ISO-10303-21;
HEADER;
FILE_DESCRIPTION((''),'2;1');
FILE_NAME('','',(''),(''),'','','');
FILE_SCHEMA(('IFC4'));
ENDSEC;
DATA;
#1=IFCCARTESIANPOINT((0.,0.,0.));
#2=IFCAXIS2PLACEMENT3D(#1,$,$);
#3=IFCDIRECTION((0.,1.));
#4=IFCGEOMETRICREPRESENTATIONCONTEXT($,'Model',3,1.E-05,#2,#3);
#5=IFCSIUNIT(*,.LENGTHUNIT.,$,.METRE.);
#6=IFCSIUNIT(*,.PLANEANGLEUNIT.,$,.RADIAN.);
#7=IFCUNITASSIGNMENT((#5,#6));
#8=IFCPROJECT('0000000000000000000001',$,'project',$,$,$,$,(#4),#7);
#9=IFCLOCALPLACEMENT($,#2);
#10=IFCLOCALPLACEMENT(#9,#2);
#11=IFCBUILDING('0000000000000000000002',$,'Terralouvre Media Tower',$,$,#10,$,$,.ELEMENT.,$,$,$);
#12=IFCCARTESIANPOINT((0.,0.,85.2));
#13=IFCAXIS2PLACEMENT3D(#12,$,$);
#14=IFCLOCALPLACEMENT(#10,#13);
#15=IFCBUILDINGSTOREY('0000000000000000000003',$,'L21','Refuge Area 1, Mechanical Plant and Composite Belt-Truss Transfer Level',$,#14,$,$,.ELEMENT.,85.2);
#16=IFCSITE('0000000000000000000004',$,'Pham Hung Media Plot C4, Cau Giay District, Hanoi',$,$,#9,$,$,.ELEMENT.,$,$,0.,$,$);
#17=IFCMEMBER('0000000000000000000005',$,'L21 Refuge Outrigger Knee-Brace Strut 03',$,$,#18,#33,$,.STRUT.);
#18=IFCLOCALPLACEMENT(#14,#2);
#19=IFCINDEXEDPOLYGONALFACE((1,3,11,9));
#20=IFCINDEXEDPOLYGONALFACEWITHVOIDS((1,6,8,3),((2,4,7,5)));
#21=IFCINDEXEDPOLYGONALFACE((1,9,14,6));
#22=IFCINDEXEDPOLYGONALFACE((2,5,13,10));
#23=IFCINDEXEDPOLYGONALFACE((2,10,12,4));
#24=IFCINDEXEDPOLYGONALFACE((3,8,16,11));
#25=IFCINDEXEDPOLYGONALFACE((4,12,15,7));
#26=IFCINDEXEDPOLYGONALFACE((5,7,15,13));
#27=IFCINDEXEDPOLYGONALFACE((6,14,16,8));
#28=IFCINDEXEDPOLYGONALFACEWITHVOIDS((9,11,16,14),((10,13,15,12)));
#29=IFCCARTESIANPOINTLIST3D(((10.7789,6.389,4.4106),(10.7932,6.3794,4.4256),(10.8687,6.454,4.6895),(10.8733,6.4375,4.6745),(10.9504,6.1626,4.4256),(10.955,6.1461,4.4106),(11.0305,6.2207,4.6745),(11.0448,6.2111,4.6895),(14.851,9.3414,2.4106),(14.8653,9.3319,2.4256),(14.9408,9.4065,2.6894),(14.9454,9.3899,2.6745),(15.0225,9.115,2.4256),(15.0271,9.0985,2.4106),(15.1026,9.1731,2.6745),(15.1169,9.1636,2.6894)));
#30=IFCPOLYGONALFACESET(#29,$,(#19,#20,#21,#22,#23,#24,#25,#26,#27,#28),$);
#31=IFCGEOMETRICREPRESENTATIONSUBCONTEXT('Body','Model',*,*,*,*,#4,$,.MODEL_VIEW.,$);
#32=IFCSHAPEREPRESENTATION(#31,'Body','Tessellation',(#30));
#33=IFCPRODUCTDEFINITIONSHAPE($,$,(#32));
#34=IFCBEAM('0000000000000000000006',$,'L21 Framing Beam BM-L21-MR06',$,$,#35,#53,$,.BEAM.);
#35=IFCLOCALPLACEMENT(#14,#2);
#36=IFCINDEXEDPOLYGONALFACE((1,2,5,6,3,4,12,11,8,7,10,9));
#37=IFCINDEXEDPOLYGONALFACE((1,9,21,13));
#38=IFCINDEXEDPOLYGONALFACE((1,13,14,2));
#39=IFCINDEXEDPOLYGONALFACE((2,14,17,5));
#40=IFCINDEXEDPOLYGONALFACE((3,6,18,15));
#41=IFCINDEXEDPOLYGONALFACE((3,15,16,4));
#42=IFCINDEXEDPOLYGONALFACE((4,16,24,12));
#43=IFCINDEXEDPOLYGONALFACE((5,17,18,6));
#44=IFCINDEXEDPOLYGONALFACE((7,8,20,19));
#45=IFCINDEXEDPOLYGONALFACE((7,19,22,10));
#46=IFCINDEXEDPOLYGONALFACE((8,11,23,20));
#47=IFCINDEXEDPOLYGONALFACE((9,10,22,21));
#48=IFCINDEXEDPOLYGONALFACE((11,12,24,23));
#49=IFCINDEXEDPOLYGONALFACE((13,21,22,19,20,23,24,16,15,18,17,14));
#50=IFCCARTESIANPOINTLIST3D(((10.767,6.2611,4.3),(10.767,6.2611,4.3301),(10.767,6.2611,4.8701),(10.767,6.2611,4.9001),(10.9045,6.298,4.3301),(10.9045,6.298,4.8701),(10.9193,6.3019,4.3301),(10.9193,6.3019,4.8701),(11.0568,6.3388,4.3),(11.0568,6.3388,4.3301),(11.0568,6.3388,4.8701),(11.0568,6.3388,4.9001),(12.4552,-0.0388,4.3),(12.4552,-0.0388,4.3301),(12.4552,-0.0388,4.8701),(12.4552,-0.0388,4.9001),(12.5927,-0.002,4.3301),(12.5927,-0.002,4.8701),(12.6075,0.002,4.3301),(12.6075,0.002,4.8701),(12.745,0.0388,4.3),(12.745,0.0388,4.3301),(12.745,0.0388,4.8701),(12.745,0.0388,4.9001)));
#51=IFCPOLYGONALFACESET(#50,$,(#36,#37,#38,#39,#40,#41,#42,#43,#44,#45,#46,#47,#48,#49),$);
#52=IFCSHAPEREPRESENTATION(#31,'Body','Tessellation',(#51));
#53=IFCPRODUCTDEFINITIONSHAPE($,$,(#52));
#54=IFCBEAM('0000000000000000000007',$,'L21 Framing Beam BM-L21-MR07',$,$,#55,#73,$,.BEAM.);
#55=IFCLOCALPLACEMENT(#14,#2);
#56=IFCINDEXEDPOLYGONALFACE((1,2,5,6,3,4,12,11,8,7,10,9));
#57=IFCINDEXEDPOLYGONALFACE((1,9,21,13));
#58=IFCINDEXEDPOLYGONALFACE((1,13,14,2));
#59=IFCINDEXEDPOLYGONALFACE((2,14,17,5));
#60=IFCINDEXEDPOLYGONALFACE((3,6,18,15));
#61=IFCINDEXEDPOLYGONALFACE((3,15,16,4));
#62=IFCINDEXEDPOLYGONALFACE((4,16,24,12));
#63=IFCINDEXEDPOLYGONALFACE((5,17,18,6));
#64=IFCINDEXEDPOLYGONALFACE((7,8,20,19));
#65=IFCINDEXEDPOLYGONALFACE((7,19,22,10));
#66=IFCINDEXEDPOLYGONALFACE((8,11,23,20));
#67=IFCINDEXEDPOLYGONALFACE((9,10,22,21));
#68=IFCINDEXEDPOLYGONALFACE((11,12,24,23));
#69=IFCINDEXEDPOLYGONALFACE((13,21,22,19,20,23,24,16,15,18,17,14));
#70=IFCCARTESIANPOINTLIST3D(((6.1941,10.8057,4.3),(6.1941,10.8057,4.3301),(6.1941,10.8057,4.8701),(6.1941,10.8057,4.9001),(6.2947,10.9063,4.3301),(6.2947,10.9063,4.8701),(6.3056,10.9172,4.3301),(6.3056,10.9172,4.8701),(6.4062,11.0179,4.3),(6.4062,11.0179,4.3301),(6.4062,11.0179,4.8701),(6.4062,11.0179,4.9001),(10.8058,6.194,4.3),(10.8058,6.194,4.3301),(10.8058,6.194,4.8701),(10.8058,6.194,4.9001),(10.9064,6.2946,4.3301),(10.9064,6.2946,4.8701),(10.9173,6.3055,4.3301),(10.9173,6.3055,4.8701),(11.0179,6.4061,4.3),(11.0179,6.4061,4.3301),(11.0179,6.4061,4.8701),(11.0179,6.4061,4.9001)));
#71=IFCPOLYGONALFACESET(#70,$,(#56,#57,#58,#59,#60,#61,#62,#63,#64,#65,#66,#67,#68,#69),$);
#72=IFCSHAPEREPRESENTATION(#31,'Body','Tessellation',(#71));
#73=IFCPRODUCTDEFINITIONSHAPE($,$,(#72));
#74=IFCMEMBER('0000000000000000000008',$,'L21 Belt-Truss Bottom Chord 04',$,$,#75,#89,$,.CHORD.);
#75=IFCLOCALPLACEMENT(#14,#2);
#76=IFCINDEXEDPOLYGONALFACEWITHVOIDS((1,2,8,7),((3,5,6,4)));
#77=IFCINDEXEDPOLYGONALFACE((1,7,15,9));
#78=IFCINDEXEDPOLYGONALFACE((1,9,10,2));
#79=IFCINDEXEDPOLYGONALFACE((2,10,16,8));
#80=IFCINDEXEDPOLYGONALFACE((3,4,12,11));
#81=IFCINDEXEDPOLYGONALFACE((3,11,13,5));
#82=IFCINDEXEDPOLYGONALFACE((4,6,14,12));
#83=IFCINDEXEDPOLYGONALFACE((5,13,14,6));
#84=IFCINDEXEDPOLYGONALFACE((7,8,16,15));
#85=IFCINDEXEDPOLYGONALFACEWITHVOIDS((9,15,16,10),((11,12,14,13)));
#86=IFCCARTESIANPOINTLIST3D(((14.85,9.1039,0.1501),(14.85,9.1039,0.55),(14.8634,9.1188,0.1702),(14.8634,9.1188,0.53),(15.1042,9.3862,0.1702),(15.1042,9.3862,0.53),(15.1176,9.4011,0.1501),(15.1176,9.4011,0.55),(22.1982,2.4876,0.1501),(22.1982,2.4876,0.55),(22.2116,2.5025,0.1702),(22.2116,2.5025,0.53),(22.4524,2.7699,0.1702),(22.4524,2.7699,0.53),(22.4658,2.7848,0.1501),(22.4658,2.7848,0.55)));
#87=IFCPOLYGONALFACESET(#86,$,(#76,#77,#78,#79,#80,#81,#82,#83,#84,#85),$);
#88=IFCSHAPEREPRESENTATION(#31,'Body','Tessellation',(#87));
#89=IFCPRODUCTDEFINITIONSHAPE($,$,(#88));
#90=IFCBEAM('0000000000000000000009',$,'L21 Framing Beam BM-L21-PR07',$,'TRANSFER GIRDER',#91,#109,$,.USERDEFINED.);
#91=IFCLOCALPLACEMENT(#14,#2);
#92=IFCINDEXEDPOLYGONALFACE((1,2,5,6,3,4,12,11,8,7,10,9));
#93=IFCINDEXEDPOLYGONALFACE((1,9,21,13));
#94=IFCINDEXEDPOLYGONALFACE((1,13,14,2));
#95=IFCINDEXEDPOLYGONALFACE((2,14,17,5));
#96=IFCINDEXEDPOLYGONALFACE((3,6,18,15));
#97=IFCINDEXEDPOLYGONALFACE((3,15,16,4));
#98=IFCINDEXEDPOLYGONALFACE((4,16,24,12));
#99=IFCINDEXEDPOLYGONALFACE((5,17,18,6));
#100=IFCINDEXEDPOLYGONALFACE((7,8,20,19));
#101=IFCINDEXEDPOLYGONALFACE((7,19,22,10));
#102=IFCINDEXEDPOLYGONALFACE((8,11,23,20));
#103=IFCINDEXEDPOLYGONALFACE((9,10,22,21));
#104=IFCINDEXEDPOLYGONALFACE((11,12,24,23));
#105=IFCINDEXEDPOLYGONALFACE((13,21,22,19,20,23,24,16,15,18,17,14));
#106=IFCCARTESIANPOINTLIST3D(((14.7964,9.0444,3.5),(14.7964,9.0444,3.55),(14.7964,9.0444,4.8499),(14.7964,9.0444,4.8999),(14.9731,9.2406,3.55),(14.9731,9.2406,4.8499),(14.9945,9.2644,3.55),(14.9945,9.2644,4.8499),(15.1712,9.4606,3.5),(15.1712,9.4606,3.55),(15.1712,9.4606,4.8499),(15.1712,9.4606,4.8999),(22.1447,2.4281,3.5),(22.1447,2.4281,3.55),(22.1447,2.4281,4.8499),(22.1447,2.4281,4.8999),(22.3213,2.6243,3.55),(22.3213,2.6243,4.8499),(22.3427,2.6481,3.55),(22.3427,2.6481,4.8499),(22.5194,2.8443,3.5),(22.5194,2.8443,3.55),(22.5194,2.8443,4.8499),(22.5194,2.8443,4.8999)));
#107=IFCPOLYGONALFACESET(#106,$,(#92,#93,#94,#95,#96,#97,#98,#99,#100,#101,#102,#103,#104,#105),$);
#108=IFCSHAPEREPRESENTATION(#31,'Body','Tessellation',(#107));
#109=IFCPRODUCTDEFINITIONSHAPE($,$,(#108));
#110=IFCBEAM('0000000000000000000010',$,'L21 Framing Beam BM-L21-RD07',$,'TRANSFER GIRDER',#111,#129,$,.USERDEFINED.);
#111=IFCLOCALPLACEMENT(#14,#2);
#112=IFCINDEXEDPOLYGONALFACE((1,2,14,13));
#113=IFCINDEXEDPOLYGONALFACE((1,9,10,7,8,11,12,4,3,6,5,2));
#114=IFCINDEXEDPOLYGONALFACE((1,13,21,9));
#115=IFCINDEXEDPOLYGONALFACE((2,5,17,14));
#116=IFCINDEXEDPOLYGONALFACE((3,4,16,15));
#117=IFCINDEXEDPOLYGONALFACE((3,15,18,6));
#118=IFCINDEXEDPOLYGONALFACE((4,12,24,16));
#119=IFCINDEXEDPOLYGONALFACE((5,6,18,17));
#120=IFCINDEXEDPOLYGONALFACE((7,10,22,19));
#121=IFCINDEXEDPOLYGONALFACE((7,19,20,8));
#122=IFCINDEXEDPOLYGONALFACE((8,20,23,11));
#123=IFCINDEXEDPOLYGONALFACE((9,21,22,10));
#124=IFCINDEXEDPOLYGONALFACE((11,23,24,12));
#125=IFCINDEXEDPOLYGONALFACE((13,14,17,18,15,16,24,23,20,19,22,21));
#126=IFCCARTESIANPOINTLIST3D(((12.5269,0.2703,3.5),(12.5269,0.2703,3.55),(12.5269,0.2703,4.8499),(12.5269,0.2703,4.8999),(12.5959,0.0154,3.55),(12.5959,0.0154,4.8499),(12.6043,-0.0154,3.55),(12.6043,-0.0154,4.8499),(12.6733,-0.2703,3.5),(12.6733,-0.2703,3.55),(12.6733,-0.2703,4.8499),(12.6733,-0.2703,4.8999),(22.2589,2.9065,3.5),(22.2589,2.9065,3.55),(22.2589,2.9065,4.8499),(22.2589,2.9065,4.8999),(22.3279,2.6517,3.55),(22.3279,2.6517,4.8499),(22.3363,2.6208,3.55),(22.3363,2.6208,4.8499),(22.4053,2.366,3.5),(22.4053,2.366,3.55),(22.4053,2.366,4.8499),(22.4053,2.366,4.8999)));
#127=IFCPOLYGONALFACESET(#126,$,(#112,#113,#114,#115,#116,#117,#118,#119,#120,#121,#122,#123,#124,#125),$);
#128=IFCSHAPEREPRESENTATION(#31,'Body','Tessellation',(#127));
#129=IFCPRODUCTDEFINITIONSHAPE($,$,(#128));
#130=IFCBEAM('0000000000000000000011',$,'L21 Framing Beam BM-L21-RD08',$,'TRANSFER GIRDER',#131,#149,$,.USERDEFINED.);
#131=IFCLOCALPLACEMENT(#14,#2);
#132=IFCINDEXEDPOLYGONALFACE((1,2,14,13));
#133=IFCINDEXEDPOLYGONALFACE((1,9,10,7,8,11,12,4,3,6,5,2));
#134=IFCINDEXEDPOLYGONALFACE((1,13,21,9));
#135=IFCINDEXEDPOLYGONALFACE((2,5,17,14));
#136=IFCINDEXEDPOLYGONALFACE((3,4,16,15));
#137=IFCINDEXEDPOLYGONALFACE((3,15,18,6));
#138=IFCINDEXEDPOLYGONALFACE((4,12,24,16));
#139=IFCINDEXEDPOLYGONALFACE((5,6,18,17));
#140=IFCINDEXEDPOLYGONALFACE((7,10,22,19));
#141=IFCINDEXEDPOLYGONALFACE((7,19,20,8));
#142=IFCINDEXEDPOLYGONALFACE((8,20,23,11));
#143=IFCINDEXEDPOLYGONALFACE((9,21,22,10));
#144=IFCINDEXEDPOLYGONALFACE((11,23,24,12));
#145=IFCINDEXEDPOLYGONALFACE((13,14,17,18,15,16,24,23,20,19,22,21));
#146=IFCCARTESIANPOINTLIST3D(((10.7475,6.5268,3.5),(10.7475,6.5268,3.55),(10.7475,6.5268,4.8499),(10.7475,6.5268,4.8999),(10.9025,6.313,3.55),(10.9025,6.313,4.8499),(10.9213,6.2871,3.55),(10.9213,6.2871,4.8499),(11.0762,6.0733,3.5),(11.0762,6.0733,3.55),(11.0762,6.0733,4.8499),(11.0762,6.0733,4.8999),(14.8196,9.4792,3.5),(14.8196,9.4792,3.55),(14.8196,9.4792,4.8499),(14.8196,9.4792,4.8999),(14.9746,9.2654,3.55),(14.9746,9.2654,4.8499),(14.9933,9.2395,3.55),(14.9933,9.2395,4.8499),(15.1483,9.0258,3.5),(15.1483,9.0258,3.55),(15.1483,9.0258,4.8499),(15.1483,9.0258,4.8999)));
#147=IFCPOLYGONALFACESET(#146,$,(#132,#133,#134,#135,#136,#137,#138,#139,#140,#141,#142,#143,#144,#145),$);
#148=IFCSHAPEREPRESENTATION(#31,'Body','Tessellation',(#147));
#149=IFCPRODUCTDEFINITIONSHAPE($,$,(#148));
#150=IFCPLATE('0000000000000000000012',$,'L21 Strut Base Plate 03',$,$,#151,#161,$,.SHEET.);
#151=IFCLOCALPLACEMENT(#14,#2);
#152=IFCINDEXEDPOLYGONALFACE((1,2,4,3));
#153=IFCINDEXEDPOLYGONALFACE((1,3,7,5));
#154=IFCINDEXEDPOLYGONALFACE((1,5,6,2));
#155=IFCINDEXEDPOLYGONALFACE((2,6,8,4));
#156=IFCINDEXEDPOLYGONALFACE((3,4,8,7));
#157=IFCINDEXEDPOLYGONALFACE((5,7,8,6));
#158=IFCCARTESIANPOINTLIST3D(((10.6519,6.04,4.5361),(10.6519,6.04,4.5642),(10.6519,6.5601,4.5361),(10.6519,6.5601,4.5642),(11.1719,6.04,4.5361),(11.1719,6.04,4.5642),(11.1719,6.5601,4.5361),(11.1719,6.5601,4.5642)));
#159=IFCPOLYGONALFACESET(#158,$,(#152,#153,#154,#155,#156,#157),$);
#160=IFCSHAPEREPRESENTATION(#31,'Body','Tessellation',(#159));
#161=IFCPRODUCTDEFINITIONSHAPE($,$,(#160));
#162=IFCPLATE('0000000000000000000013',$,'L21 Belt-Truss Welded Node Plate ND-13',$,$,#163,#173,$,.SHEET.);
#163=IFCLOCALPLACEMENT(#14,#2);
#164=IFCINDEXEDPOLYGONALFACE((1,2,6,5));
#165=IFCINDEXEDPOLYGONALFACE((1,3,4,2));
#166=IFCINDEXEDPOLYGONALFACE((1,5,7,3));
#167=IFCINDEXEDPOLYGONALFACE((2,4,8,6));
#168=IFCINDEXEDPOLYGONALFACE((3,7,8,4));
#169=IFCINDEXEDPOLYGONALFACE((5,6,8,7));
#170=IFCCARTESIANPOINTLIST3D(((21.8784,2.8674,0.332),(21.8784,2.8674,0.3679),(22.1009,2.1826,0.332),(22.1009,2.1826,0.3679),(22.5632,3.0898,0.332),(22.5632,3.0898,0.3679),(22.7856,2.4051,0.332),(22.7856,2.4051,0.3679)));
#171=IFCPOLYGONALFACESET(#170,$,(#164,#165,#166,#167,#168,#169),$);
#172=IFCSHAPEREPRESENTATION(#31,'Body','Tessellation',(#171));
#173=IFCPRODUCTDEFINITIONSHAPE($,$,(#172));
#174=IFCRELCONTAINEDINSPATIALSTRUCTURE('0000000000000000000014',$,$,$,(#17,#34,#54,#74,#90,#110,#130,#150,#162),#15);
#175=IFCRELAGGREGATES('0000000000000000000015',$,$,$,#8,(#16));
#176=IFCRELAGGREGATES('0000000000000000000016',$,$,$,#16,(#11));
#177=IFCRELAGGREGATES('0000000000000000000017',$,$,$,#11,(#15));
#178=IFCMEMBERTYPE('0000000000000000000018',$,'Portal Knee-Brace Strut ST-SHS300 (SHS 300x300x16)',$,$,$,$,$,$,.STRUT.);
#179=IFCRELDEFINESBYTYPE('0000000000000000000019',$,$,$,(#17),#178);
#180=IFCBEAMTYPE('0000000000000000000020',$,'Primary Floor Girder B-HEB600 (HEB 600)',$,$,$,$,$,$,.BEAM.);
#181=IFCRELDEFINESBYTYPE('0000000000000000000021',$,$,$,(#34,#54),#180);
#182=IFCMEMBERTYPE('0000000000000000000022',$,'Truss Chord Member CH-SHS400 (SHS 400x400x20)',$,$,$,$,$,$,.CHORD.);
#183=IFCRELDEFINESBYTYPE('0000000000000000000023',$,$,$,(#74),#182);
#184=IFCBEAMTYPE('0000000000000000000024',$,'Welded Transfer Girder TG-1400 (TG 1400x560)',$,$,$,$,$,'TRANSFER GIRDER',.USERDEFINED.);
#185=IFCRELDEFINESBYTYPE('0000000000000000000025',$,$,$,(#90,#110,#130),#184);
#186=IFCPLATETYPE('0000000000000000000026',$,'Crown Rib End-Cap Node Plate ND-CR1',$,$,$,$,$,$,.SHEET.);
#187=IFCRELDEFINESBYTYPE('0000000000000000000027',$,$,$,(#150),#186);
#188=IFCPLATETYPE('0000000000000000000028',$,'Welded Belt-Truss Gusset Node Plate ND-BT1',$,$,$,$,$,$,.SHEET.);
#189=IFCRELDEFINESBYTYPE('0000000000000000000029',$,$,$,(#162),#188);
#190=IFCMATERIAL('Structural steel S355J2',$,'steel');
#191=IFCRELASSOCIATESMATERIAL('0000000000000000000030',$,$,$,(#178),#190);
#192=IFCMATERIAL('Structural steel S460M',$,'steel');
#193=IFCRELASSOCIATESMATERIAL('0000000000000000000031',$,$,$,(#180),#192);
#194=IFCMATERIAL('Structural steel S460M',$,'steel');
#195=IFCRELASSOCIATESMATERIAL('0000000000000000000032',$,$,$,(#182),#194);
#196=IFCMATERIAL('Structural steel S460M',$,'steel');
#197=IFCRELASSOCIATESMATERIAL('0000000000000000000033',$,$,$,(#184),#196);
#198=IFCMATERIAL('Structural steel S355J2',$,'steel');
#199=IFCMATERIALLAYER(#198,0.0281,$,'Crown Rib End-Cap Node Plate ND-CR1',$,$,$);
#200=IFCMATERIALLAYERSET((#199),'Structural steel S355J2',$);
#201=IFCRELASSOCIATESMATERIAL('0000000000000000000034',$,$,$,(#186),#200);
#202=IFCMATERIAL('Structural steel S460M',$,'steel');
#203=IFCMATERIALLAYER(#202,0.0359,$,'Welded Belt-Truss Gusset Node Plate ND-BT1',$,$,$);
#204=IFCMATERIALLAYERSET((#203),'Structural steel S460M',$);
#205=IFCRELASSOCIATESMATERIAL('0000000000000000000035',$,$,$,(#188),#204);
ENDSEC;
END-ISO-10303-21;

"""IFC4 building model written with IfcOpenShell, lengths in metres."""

from ifc_helpers import new_model, si_unit, direction, frame, origin, origin_2d, place, context, subcontext, project, spatial, rectangle, hollow_rectangle, i_section, extrude, material, layer, layer_set, material_profile, profile_set, type_object, element, save


model = new_model("IFC4")

# Units and contexts
model_context = context("Model", 3, precision=1e-05, world=origin(), true_north=direction((0.0, 1.0)))
body_context = subcontext(model_context, "Body", "Model", "MODEL_VIEW")
ifc_project = project(units=[si_unit("LENGTHUNIT", "METRE"), si_unit("PLANEANGLEUNIT", "RADIAN")], contexts=[model_context])

# Site, building, storey
site_placement = place(None, origin())
site = spatial("IfcSite", under=ifc_project, at=site_placement, Name="Pham Hung Media Plot C4, Cau Giay District, Hanoi", CompositionType="ELEMENT", RefElevation=0.0)
building_placement = place(site_placement, origin())
building = spatial("IfcBuilding", under=site, at=building_placement, Name="Terralouvre Media Tower", CompositionType="ELEMENT")
storey_placement = place(building_placement, frame((0.0, 0.0, 85.2)))
storey = spatial("IfcBuildingStorey", under=building, at=storey_placement, Name="L21", Description="Refuge Area 1, Mechanical Plant and Composite Belt-Truss Transfer Level", CompositionType="ELEMENT", Elevation=85.2)

# Member
ifc_material_1 = material(Name="Structural steel S355J2", Category="steel")
ifc_material_profile_1 = material_profile(ifc_material_1, hollow_rectangle(XDim=0.3, YDim=0.3, WallThickness=0.0161, at=origin_2d()), Name="SHS 300x300x16")
ifc_profile_set_1 = profile_set([ifc_material_profile_1], Name="Structural steel S355J2")
member_type_1 = type_object("IfcMemberType", Name="Portal Knee-Brace Strut ST-SHS300 (SHS 300x300x16)", PredefinedType="STRUT", material=ifc_profile_set_1)
member_1_placement = place(storey_placement, frame((10.9119, 6.3, 4.55), z_axis=(0.7523, 0.54545, -0.369497), x_axis=(-0.586991, 0.809594, 0.0)))
element("IfcMember", 1, at=member_1_placement, inside=storey, type_object=member_type_1, Name="L21 Refuge Outrigger Knee-Brace Strut 03", PredefinedType="STRUT", context=body_context, shape_type="SweptSolid", body=[
    extrude(hollow_rectangle(XDim=0.3, YDim=0.3, WallThickness=0.0161, at=origin_2d()), origin(), (0.0, 0.0, 1.0), 5.4128),
])

# Beams
ifc_material_2 = material(Name="Structural steel S460M", Category="steel")
ifc_material_profile_2 = material_profile(ifc_material_2, i_section(OverallWidth=0.3, OverallDepth=0.6001, WebThickness=0.0154, FlangeThickness=0.03, at=origin_2d()), Name="HEB 600")
ifc_profile_set_2 = profile_set([ifc_material_profile_2], Name="Structural steel S460M")
beam_type_1 = type_object("IfcBeamType", Name="Primary Floor Girder B-HEB600 (HEB 600)", PredefinedType="BEAM", material=ifc_profile_set_2)
beam_1_placement = place(storey_placement, frame((12.6001, 0.0, 4.6001), z_axis=(-0.258839, 0.96592, 0.0), x_axis=(-0.96592, -0.258839, 0.0)))
element("IfcBeam", 2, at=beam_1_placement, inside=storey, type_object=beam_type_1, Name="L21 Framing Beam BM-L21-MR06", PredefinedType="BEAM", context=body_context, shape_type="SweptSolid", body=[
    extrude(i_section(OverallWidth=0.3, OverallDepth=0.6001, WebThickness=0.0154, FlangeThickness=0.03, at=origin_2d()), origin(), (0.0, 0.0, 1.0), 6.5222),
])
beam_2_placement = place(storey_placement, frame((10.9119, 6.3, 4.6001), z_axis=(-0.707107, 0.707107, 0.0), x_axis=(-0.707107, -0.707107, 0.0)))
element("IfcBeam", 3, at=beam_2_placement, inside=storey, type_object=beam_type_1, Name="L21 Framing Beam BM-L21-MR07", PredefinedType="BEAM", context=body_context, shape_type="SweptSolid", body=[
    extrude(i_section(OverallWidth=0.3, OverallDepth=0.6001, WebThickness=0.0154, FlangeThickness=0.03, at=origin_2d()), origin(), (0.0, 0.0, 1.0), 6.522),
])

# Member
ifc_material_3 = material(Name="Structural steel S460M", Category="steel")
ifc_material_profile_3 = material_profile(ifc_material_3, hollow_rectangle(XDim=0.3999, YDim=0.3999, WallThickness=0.02, at=origin_2d()), Name="SHS 400x400x20")
ifc_profile_set_3 = profile_set([ifc_material_profile_3], Name="Structural steel S460M")
member_type_2 = type_object("IfcMemberType", Name="Truss Chord Member CH-SHS400 (SHS 400x400x20)", PredefinedType="CHORD", material=ifc_profile_set_3)
member_2_placement = place(storey_placement, frame((22.332, 2.6362, 0.3501), z_axis=(-0.743149, 0.669126, 0.0), x_axis=(-0.669126, -0.743149, 0.0)))
element("IfcMember", 4, at=member_2_placement, inside=storey, type_object=member_type_2, Name="L21 Belt-Truss Bottom Chord 04", PredefinedType="CHORD", context=body_context, shape_type="SweptSolid", body=[
    extrude(hollow_rectangle(XDim=0.3999, YDim=0.3999, WallThickness=0.02, at=origin_2d()), origin(), (0.0, 0.0, 1.0), 9.8879),
])

# Beams
ifc_material_4 = material(Name="Structural steel S460M", Category="steel")
ifc_material_profile_4 = material_profile(ifc_material_4, i_section(OverallWidth=0.5601, OverallDepth=1.3999, WebThickness=0.032, FlangeThickness=0.05, at=origin_2d()), Name="TG 1400x560")
ifc_profile_set_4 = profile_set([ifc_material_profile_4], Name="Structural steel S460M")
beam_type_2 = type_object("IfcBeamType", Name="Welded Transfer Girder TG-1400 (TG 1400x560)", ElementType="TRANSFER GIRDER", PredefinedType="USERDEFINED", material=ifc_profile_set_4)
beam_3_placement = place(storey_placement, frame((22.332, 2.6362, 4.2), z_axis=(-0.743149, 0.669126, 0.0), x_axis=(-0.669126, -0.743149, 0.0)))
element("IfcBeam", 5, at=beam_3_placement, inside=storey, type_object=beam_type_2, Name="L21 Framing Beam BM-L21-PR07", ObjectType="TRANSFER GIRDER", PredefinedType="USERDEFINED", context=body_context, shape_type="SweptSolid", body=[
    extrude(i_section(OverallWidth=0.5601, OverallDepth=1.3999, WebThickness=0.032, FlangeThickness=0.05, at=origin_2d()), origin(), (0.0, 0.0, 1.0), 9.8879),
])
beam_4_placement = place(storey_placement, frame((12.6001, 0.0, 4.2), z_axis=(0.965214, 0.261462, 0.0), x_axis=(-0.261462, 0.965214, 0.0)))
element("IfcBeam", 6, at=beam_4_placement, inside=storey, type_object=beam_type_2, Name="L21 Framing Beam BM-L21-RD07", ObjectType="TRANSFER GIRDER", PredefinedType="USERDEFINED", context=body_context, shape_type="SweptSolid", body=[
    extrude(i_section(OverallWidth=0.5601, OverallDepth=1.3999, WebThickness=0.032, FlangeThickness=0.05, at=origin_2d()), origin(), (0.0, 0.0, 1.0), 10.0828),
])
beam_5_placement = place(storey_placement, frame((10.9119, 6.3, 4.2), z_axis=(0.809594, 0.586991, 0.0), x_axis=(-0.586991, 0.809594, 0.0)))
element("IfcBeam", 7, at=beam_5_placement, inside=storey, type_object=beam_type_2, Name="L21 Framing Beam BM-L21-RD08", ObjectType="TRANSFER GIRDER", PredefinedType="USERDEFINED", context=body_context, shape_type="SweptSolid", body=[
    extrude(i_section(OverallWidth=0.5601, OverallDepth=1.3999, WebThickness=0.032, FlangeThickness=0.05, at=origin_2d()), origin(), (0.0, 0.0, 1.0), 5.0298),
])

# Plates
ifc_material_5 = material(Name="Structural steel S355J2", Category="steel")
ifc_layer_1 = layer(ifc_material_5, 0.0281, Name="Crown Rib End-Cap Node Plate ND-CR1")
ifc_layer_set_1 = layer_set([ifc_layer_1], Name="Structural steel S355J2")
plate_type_1 = type_object("IfcPlateType", Name="Crown Rib End-Cap Node Plate ND-CR1", PredefinedType="SHEET", material=ifc_layer_set_1)
plate_placement = place(storey_placement, frame((10.9119, 6.3, 4.5361), z_axis=(0.0, 0.0, 1.0), x_axis=(1.0, 0.0, 0.0)))
element("IfcPlate", 8, at=plate_placement, inside=storey, type_object=plate_type_1, Name="L21 Strut Base Plate 03", PredefinedType="SHEET", context=body_context, shape_type="SweptSolid", body=[
    extrude(rectangle(XDim=0.52, YDim=0.52, at=origin_2d()), origin(), (0.0, 0.0, 1.0), 0.0281),
])
ifc_material_6 = material(Name="Structural steel S460M", Category="steel")
ifc_layer_2 = layer(ifc_material_6, 0.0359, Name="Welded Belt-Truss Gusset Node Plate ND-BT1")
ifc_layer_set_2 = layer_set([ifc_layer_2], Name="Structural steel S460M")
plate_type_2 = type_object("IfcPlateType", Name="Welded Belt-Truss Gusset Node Plate ND-BT1", PredefinedType="SHEET", material=ifc_layer_set_2)
for number, where, z_axis, x_axis, name in (
    (9, (22.332, 2.6362, 0.332), (0.0, 0.0, 1.0), (0.951057, 0.309017, 0.0), "L21 Belt-Truss Welded Node Plate ND-13"),
):
    element("IfcPlate", number, at=place(storey_placement, frame(where, z_axis=z_axis, x_axis=x_axis)), inside=storey, type_object=plate_type_2, Name=name, PredefinedType="SHEET", context=body_context, shape_type="SweptSolid", body=[
        extrude(rectangle(XDim=0.72, YDim=0.72, at=origin_2d()), origin(), (0.0, 0.0, 1.0), 0.0359),
    ])

save(model, "model.ifc")
